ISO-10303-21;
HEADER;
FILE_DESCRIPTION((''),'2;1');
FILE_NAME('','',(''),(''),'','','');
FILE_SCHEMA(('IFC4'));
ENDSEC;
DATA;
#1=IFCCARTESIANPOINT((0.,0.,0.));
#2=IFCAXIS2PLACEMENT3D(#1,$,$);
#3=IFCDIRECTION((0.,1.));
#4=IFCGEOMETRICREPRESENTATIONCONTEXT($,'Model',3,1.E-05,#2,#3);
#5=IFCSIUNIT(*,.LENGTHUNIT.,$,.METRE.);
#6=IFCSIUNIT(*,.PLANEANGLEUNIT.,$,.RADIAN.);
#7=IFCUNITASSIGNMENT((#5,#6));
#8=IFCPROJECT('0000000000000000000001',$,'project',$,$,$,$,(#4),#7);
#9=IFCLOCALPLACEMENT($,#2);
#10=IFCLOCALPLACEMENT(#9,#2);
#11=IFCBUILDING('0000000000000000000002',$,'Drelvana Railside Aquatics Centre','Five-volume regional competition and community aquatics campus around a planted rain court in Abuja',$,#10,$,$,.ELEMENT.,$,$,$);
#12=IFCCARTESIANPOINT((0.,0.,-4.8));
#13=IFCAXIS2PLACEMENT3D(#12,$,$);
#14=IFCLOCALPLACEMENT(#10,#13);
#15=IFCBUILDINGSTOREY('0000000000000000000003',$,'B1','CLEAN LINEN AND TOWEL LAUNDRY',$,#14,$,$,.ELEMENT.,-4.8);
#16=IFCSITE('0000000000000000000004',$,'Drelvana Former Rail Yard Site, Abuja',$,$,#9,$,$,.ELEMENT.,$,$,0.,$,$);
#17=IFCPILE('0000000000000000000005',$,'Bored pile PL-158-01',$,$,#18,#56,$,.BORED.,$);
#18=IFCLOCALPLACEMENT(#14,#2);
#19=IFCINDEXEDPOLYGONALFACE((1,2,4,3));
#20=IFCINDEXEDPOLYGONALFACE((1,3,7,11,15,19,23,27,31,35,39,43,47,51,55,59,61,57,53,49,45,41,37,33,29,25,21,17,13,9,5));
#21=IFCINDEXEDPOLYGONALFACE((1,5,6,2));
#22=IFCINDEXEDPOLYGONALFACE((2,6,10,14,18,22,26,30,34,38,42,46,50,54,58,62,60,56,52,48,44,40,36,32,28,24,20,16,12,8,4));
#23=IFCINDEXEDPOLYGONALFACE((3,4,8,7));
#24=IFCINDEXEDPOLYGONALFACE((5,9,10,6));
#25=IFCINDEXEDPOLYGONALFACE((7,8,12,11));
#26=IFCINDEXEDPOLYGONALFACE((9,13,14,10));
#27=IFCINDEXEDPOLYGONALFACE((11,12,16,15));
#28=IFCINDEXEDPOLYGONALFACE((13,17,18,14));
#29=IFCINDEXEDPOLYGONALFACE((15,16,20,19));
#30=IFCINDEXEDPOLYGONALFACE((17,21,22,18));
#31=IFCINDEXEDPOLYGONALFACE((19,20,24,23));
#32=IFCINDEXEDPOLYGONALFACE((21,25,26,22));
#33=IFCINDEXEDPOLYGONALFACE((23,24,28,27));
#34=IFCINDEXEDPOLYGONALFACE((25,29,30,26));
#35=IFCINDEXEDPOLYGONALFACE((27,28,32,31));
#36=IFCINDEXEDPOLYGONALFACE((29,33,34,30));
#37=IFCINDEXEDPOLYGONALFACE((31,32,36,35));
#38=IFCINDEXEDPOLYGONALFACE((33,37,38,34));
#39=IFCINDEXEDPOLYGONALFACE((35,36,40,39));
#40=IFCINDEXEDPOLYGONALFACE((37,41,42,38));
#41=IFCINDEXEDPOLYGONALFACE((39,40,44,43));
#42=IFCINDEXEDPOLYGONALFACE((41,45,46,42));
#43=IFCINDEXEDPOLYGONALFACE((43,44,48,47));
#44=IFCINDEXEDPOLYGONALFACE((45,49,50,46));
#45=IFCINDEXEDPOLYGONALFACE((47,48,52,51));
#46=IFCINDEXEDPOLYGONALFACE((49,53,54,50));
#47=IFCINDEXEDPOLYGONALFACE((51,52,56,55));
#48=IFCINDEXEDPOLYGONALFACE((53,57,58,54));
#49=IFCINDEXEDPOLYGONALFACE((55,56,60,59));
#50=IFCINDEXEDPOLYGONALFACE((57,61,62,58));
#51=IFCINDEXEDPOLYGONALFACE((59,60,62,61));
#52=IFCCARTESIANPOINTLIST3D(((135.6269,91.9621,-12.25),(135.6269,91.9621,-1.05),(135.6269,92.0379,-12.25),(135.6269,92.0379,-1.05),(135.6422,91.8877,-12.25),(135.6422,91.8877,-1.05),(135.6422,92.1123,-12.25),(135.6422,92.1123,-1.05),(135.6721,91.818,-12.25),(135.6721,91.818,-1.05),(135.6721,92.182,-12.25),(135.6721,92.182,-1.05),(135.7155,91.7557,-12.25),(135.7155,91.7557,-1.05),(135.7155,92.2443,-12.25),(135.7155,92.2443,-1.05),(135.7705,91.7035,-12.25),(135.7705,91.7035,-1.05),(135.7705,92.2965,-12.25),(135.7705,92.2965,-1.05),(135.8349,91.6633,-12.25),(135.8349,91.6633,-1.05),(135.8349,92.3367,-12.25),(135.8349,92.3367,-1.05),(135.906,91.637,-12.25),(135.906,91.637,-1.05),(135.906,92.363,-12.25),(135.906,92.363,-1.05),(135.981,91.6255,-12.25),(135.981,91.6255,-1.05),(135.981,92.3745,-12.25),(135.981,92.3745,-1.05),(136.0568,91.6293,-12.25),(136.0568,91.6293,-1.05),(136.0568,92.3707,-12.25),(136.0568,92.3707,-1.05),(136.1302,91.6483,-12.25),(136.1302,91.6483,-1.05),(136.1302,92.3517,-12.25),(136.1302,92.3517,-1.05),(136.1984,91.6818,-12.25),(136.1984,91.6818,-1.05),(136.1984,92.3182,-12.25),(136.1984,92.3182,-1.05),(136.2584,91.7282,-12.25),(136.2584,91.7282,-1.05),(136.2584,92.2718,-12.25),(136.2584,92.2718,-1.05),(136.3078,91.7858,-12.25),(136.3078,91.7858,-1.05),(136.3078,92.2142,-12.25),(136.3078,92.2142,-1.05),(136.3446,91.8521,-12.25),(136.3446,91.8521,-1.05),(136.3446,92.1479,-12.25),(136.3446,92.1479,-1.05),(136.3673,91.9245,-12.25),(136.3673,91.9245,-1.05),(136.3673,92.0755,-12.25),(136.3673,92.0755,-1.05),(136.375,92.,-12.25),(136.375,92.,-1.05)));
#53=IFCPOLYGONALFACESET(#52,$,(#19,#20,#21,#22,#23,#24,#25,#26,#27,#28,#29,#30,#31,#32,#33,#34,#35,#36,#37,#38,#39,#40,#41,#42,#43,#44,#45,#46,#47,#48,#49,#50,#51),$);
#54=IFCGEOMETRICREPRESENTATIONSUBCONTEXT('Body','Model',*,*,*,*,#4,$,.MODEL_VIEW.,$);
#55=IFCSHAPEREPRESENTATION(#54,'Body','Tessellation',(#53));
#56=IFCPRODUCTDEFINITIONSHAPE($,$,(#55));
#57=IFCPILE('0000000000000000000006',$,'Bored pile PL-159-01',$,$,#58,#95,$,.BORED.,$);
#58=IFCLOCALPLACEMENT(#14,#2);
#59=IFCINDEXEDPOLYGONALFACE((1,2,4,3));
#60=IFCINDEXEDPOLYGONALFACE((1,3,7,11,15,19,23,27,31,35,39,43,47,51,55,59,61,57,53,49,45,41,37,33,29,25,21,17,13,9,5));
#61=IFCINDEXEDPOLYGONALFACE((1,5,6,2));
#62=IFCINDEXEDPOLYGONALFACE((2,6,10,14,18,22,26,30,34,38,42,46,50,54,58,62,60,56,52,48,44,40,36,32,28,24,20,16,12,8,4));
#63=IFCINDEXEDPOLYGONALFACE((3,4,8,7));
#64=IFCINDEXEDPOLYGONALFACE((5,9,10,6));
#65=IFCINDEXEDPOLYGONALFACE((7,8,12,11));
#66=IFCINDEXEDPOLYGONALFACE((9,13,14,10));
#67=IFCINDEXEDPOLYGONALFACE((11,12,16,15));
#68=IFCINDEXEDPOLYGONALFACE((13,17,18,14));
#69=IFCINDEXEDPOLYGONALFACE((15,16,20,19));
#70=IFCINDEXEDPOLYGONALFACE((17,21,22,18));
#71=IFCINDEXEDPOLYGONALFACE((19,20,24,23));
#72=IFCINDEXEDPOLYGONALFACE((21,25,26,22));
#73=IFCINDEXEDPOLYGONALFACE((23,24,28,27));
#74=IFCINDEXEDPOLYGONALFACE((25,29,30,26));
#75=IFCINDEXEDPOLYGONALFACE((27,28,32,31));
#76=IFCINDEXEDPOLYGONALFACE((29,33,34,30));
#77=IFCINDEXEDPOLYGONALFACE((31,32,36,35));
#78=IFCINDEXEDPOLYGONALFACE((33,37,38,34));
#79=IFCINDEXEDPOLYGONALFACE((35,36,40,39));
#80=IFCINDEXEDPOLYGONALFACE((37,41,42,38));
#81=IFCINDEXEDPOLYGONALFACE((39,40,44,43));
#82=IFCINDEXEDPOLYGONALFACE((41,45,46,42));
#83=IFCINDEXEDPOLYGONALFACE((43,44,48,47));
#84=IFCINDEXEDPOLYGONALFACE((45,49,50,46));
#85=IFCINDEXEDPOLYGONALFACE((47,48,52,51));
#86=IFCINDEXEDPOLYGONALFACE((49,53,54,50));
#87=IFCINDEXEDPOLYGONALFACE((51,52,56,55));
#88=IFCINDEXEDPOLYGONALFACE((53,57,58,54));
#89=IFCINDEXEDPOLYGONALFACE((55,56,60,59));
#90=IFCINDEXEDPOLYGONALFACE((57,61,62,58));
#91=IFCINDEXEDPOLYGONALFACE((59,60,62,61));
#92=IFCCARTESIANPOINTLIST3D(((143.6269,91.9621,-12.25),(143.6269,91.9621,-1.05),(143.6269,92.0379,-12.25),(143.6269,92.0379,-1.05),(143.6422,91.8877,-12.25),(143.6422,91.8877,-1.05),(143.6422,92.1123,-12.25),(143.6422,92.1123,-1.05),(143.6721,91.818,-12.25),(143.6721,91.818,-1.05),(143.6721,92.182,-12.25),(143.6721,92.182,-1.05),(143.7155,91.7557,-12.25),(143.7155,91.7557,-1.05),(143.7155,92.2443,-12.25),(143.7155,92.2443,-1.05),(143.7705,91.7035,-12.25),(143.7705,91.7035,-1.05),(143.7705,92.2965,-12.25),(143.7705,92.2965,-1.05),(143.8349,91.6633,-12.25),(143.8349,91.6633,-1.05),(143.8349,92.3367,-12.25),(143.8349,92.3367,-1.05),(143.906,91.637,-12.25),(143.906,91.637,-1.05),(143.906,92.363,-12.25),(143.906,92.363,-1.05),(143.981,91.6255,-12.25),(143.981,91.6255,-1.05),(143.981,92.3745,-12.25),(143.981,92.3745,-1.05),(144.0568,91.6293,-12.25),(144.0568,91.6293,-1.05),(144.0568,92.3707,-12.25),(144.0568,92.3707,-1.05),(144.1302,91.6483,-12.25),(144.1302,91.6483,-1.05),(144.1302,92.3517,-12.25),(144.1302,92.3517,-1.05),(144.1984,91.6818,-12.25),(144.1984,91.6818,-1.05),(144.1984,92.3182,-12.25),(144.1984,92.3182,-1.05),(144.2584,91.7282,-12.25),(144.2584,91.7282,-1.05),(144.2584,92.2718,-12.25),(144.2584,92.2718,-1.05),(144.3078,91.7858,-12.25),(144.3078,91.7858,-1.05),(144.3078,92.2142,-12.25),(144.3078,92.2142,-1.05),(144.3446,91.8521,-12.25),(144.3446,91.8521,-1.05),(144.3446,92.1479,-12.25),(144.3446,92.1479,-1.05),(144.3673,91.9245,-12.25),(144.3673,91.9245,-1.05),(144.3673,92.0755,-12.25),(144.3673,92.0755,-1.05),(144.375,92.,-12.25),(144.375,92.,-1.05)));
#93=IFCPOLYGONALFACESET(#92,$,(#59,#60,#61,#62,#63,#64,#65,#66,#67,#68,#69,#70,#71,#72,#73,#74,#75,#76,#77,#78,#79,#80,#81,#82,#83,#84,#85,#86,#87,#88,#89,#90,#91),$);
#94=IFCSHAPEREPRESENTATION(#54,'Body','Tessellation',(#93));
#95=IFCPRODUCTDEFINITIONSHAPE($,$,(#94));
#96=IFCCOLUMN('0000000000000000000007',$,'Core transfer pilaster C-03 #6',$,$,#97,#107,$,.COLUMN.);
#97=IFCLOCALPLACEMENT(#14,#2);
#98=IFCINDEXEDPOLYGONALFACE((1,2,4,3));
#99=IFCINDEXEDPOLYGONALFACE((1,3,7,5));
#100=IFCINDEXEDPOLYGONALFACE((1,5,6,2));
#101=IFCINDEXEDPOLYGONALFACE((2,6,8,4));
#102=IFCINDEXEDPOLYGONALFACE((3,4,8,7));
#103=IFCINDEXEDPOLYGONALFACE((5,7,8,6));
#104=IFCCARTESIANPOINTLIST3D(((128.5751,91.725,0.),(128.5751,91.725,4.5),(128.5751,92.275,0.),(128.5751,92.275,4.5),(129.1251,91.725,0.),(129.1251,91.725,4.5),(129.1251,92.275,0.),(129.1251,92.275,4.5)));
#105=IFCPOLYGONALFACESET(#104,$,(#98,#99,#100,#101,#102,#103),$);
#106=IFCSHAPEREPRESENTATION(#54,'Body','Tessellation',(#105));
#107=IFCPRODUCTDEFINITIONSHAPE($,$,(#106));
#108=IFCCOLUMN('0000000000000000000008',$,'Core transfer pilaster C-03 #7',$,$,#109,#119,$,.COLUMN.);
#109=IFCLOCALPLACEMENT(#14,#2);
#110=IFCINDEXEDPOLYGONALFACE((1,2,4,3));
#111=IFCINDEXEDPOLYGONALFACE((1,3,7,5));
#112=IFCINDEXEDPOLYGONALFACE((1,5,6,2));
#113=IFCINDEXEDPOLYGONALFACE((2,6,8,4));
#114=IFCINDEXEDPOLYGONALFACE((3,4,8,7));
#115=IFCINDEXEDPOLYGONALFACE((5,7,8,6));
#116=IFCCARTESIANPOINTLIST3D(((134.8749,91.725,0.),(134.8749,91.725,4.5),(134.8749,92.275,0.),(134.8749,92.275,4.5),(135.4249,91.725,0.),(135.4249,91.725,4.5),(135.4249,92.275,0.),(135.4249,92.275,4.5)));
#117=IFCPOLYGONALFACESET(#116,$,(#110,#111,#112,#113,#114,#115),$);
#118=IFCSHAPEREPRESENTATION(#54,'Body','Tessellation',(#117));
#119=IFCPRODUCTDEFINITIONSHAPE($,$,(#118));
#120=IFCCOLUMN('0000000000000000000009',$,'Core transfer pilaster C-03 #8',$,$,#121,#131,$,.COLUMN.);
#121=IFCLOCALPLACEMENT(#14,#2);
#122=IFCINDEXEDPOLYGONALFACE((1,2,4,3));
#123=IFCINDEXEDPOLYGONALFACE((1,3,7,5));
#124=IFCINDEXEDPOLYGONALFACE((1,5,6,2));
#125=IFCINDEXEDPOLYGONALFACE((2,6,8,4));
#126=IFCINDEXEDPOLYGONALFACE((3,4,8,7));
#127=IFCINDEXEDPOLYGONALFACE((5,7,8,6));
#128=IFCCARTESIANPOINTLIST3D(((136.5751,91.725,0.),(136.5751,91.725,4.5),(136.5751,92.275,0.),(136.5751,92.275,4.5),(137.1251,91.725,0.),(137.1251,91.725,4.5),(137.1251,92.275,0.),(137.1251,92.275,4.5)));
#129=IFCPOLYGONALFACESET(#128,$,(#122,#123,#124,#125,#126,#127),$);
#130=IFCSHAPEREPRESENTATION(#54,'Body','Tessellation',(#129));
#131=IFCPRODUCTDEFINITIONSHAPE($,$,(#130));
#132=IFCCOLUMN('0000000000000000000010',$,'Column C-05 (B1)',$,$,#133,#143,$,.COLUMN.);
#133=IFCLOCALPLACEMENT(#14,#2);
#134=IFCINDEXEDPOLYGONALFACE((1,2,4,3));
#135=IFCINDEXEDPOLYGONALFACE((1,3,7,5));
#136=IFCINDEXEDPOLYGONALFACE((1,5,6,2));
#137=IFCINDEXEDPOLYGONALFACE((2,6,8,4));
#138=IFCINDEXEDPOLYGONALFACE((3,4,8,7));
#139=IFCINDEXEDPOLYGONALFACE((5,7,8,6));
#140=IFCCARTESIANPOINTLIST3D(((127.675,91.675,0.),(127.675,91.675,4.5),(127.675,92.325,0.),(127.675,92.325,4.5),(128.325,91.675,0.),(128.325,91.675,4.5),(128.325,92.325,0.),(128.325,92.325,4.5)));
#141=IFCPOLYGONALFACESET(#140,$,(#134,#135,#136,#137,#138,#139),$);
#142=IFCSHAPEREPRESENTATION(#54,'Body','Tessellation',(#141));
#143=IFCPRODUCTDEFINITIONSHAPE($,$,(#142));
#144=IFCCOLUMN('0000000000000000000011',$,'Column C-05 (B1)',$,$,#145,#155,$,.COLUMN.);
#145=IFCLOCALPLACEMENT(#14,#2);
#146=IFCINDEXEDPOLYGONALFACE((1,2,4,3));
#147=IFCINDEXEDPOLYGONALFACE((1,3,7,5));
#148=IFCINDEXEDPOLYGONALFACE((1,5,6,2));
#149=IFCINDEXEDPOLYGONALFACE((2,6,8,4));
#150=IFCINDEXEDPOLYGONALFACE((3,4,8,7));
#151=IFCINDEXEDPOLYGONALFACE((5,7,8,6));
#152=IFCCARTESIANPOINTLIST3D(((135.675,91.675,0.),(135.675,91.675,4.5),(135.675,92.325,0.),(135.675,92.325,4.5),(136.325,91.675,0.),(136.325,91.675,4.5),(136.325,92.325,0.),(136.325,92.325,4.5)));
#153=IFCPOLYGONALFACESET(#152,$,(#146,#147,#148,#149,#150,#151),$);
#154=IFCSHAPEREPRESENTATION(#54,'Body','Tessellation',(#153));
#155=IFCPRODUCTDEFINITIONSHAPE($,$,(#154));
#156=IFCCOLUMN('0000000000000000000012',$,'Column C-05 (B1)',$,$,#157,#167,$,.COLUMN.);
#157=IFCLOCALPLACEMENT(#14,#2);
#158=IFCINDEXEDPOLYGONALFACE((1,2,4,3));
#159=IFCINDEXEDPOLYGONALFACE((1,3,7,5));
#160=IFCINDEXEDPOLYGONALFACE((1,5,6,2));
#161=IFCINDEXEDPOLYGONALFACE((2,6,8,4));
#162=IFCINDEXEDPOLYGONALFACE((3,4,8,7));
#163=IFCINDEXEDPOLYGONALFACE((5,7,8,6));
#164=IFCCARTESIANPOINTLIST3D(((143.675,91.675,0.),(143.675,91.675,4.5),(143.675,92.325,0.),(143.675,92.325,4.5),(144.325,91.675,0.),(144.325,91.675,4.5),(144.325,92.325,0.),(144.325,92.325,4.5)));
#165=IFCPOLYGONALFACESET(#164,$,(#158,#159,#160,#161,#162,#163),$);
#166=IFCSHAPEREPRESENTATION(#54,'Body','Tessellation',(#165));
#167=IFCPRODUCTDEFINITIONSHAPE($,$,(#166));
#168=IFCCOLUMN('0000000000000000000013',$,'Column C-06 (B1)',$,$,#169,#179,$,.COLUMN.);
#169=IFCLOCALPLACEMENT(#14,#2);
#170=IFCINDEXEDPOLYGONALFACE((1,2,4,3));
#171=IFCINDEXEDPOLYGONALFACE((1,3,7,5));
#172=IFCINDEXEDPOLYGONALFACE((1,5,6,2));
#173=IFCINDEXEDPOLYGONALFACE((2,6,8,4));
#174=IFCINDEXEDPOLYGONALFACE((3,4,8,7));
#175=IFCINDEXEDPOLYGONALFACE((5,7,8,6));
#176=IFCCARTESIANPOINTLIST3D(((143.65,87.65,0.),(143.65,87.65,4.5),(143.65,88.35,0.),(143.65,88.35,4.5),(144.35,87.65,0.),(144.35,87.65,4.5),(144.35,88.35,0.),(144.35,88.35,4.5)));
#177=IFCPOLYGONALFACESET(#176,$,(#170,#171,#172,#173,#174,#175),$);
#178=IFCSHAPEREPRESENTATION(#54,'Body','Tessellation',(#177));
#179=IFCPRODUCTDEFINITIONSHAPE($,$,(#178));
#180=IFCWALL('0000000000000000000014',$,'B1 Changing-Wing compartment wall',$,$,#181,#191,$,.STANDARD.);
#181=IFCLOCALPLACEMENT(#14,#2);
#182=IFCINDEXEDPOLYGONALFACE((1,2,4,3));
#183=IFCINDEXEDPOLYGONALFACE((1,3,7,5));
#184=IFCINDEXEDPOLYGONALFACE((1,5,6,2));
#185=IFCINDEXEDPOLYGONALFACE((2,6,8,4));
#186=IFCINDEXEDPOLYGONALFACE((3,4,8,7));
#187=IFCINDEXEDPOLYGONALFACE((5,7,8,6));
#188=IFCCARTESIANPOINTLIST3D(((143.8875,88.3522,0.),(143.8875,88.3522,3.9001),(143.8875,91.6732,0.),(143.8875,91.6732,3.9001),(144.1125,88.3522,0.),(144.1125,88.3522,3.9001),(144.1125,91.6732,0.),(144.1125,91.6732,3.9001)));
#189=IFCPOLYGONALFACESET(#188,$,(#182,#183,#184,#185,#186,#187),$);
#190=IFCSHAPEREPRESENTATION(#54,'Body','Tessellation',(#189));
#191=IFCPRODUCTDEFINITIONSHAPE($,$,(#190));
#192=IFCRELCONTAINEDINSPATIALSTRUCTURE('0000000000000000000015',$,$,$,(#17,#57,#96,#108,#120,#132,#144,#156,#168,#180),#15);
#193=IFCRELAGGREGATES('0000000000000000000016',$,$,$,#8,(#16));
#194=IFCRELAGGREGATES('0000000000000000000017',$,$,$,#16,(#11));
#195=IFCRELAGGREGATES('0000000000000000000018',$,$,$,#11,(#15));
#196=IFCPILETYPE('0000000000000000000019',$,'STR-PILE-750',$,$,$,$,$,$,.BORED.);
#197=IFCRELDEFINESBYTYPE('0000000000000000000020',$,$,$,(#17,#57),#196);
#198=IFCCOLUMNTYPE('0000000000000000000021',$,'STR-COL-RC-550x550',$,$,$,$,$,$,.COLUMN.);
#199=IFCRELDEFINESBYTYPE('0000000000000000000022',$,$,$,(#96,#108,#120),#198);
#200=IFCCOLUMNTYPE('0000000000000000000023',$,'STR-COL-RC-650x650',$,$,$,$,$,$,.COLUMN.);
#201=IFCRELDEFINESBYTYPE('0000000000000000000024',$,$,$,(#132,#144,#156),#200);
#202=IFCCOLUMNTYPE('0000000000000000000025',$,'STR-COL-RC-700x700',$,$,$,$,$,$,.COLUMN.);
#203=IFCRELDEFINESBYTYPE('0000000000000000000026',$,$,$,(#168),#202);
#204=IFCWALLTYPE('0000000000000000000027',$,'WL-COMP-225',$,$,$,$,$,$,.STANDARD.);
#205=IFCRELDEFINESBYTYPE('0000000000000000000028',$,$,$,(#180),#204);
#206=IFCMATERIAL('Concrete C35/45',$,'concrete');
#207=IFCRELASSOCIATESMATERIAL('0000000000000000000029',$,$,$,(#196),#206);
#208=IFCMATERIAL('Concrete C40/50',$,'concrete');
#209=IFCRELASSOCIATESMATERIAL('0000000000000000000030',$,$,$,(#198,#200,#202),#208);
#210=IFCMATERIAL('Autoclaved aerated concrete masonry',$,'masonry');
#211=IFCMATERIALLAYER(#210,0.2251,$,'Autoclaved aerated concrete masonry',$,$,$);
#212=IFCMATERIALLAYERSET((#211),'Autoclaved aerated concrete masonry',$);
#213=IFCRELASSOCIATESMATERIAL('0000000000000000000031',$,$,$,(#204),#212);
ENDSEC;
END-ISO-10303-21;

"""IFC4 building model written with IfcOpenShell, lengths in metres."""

from ifc_helpers import new_model, si_unit, direction, frame, frame_2d, origin, origin_2d, place, context, subcontext, project, spatial, rectangle, circle, extrude, material, layer, layer_set, material_profile, profile_set, type_object, element, save


model = new_model("IFC4")

# Units and contexts
model_context = context("Model", 3, precision=1e-05, world=origin(), true_north=direction((0.0, 1.0)))
body_context = subcontext(model_context, "Body", "Model", "MODEL_VIEW")
ifc_project = project(units=[si_unit("LENGTHUNIT", "METRE"), si_unit("PLANEANGLEUNIT", "RADIAN")], contexts=[model_context])

# Site, building, storey
site_placement = place(None, origin())
site = spatial("IfcSite", under=ifc_project, at=site_placement, Name="Drelvana Former Rail Yard Site, Abuja", CompositionType="ELEMENT", RefElevation=0.0)
building_placement = place(site_placement, origin())
building = spatial("IfcBuilding", under=site, at=building_placement, Name="Drelvana Railside Aquatics Centre", Description="Five-volume regional competition and community aquatics campus around a planted rain court in Abuja", CompositionType="ELEMENT")
storey_placement = place(building_placement, frame((0.0, 0.0, -4.8)))
storey = spatial("IfcBuildingStorey", under=building, at=storey_placement, Name="B1", Description="CLEAN LINEN AND TOWEL LAUNDRY", CompositionType="ELEMENT", Elevation=-4.8)

# Shared definitions
ifc_material_1 = material(Name="Concrete C35/45", Category="concrete")

# Piles
ifc_material_profile_1 = material_profile(ifc_material_1, circle(Radius=0.375, at=origin_2d()), Name="PILE D750")
ifc_profile_set_1 = profile_set([ifc_material_profile_1], Name="Concrete C35/45")
pile_type = type_object("IfcPileType", Name="STR-PILE-750", PredefinedType="BORED", material=ifc_profile_set_1)
for number, where, z_axis, x_axis, name in (
    (1, (136.0, 92.0, -1.05), (0.0, 0.0, -1.0), (1.0, 0.0, 0.0), "Bored pile PL-158-01"),
    (2, (144.0, 92.0, -1.05), (0.0, 0.0, -1.0), (1.0, 0.0, 0.0), "Bored pile PL-159-01"),
):
    element("IfcPile", number, at=place(storey_placement, frame(where, z_axis=z_axis, x_axis=x_axis)), inside=storey, type_object=pile_type, Name=name, PredefinedType="BORED", context=body_context, shape_type="SweptSolid", body=[
        extrude(circle(Radius=0.375, at=origin_2d()), origin(), (0.0, 0.0, 1.0), 11.2),
    ])

# Columns
ifc_material_2 = material(Name="Concrete C40/50", Category="concrete")
ifc_material_profile_2 = material_profile(ifc_material_2, rectangle(XDim=0.55, YDim=0.55, at=origin_2d()), Name="RC 550x550")
ifc_profile_set_2 = profile_set([ifc_material_profile_2], Name="Concrete C40/50")
column_type_1 = type_object("IfcColumnType", Name="STR-COL-RC-550x550", PredefinedType="COLUMN", material=ifc_profile_set_2)
for number, where, z_axis, x_axis, name in (
    (3, (128.8501, 92.0, 0.0), (0.0, 0.0, 1.0), (1.0, 0.0, 0.0), "Core transfer pilaster C-03 #6"),
    (4, (135.1499, 92.0, 0.0), (0.0, 0.0, 1.0), (1.0, 0.0, 0.0), "Core transfer pilaster C-03 #7"),
    (5, (136.8501, 92.0, 0.0), (0.0, 0.0, 1.0), (1.0, 0.0, 0.0), "Core transfer pilaster C-03 #8"),
):
    element("IfcColumn", number, at=place(storey_placement, frame(where, z_axis=z_axis, x_axis=x_axis)), inside=storey, type_object=column_type_1, Name=name, PredefinedType="COLUMN", context=body_context, shape_type="SweptSolid", body=[
        extrude(rectangle(XDim=0.55, YDim=0.55, at=origin_2d()), origin(), (0.0, 0.0, 1.0), 4.5),
    ])
ifc_material_profile_3 = material_profile(ifc_material_2, rectangle(XDim=0.6499, YDim=0.6499, at=origin_2d()), Name="RC 650x650")
ifc_profile_set_3 = profile_set([ifc_material_profile_3], Name="Concrete C40/50")
column_type_2 = type_object("IfcColumnType", Name="STR-COL-RC-650x650", PredefinedType="COLUMN", material=ifc_profile_set_3)
for number, where, z_axis, x_axis, name in (
    (6, (128.0, 92.0, 0.0), (0.0, 0.0, 1.0), (1.0, 0.0, 0.0), "Column C-05 (B1)"),
    (7, (136.0, 92.0, 0.0), (0.0, 0.0, 1.0), (1.0, 0.0, 0.0), "Column C-05 (B1)"),
    (8, (144.0, 92.0, 0.0), (0.0, 0.0, 1.0), (1.0, 0.0, 0.0), "Column C-05 (B1)"),
):
    element("IfcColumn", number, at=place(storey_placement, frame(where, z_axis=z_axis, x_axis=x_axis)), inside=storey, type_object=column_type_2, Name=name, PredefinedType="COLUMN", context=body_context, shape_type="SweptSolid", body=[
        extrude(rectangle(XDim=0.6499, YDim=0.6499, at=origin_2d()), origin(), (0.0, 0.0, 1.0), 4.5),
    ])
ifc_material_profile_4 = material_profile(ifc_material_2, rectangle(XDim=0.7, YDim=0.7, at=origin_2d()), Name="RC 700x700")
ifc_profile_set_4 = profile_set([ifc_material_profile_4], Name="Concrete C40/50")
column_type_3 = type_object("IfcColumnType", Name="STR-COL-RC-700x700", PredefinedType="COLUMN", material=ifc_profile_set_4)
column_placement = place(storey_placement, frame((144.0, 88.0, 0.0), z_axis=(0.0, 0.0, 1.0), x_axis=(1.0, 0.0, 0.0)))
element("IfcColumn", 9, at=column_placement, inside=storey, type_object=column_type_3, Name="Column C-06 (B1)", PredefinedType="COLUMN", context=body_context, shape_type="SweptSolid", body=[
    extrude(rectangle(XDim=0.7, YDim=0.7, at=origin_2d()), origin(), (0.0, 0.0, 1.0), 4.5),
])

# Wall
ifc_material_3 = material(Name="Autoclaved aerated concrete masonry", Category="masonry")
ifc_layer = layer(ifc_material_3, 0.2251, Name="Autoclaved aerated concrete masonry")
ifc_layer_set = layer_set([ifc_layer], Name="Autoclaved aerated concrete masonry")
wall_type = type_object("IfcWallType", Name="WL-COMP-225", PredefinedType="STANDARD", material=ifc_layer_set)
wall_placement = place(storey_placement, frame((144.0, 88.3521, 0.0), z_axis=(0.0, 0.0, 1.0), x_axis=(0.0, 1.0, 0.0)))
element("IfcWall", 10, at=wall_placement, inside=storey, type_object=wall_type, Name="B1 Changing-Wing compartment wall", PredefinedType="STANDARD", context=body_context, shape_type="SweptSolid", body=[
    extrude(rectangle(XDim=3.321, YDim=0.2251, at=frame_2d((1.6606, 0.0))), origin(), (0.0, 0.0, 1.0), 3.9001),
])

save(model, "model.ifc")
